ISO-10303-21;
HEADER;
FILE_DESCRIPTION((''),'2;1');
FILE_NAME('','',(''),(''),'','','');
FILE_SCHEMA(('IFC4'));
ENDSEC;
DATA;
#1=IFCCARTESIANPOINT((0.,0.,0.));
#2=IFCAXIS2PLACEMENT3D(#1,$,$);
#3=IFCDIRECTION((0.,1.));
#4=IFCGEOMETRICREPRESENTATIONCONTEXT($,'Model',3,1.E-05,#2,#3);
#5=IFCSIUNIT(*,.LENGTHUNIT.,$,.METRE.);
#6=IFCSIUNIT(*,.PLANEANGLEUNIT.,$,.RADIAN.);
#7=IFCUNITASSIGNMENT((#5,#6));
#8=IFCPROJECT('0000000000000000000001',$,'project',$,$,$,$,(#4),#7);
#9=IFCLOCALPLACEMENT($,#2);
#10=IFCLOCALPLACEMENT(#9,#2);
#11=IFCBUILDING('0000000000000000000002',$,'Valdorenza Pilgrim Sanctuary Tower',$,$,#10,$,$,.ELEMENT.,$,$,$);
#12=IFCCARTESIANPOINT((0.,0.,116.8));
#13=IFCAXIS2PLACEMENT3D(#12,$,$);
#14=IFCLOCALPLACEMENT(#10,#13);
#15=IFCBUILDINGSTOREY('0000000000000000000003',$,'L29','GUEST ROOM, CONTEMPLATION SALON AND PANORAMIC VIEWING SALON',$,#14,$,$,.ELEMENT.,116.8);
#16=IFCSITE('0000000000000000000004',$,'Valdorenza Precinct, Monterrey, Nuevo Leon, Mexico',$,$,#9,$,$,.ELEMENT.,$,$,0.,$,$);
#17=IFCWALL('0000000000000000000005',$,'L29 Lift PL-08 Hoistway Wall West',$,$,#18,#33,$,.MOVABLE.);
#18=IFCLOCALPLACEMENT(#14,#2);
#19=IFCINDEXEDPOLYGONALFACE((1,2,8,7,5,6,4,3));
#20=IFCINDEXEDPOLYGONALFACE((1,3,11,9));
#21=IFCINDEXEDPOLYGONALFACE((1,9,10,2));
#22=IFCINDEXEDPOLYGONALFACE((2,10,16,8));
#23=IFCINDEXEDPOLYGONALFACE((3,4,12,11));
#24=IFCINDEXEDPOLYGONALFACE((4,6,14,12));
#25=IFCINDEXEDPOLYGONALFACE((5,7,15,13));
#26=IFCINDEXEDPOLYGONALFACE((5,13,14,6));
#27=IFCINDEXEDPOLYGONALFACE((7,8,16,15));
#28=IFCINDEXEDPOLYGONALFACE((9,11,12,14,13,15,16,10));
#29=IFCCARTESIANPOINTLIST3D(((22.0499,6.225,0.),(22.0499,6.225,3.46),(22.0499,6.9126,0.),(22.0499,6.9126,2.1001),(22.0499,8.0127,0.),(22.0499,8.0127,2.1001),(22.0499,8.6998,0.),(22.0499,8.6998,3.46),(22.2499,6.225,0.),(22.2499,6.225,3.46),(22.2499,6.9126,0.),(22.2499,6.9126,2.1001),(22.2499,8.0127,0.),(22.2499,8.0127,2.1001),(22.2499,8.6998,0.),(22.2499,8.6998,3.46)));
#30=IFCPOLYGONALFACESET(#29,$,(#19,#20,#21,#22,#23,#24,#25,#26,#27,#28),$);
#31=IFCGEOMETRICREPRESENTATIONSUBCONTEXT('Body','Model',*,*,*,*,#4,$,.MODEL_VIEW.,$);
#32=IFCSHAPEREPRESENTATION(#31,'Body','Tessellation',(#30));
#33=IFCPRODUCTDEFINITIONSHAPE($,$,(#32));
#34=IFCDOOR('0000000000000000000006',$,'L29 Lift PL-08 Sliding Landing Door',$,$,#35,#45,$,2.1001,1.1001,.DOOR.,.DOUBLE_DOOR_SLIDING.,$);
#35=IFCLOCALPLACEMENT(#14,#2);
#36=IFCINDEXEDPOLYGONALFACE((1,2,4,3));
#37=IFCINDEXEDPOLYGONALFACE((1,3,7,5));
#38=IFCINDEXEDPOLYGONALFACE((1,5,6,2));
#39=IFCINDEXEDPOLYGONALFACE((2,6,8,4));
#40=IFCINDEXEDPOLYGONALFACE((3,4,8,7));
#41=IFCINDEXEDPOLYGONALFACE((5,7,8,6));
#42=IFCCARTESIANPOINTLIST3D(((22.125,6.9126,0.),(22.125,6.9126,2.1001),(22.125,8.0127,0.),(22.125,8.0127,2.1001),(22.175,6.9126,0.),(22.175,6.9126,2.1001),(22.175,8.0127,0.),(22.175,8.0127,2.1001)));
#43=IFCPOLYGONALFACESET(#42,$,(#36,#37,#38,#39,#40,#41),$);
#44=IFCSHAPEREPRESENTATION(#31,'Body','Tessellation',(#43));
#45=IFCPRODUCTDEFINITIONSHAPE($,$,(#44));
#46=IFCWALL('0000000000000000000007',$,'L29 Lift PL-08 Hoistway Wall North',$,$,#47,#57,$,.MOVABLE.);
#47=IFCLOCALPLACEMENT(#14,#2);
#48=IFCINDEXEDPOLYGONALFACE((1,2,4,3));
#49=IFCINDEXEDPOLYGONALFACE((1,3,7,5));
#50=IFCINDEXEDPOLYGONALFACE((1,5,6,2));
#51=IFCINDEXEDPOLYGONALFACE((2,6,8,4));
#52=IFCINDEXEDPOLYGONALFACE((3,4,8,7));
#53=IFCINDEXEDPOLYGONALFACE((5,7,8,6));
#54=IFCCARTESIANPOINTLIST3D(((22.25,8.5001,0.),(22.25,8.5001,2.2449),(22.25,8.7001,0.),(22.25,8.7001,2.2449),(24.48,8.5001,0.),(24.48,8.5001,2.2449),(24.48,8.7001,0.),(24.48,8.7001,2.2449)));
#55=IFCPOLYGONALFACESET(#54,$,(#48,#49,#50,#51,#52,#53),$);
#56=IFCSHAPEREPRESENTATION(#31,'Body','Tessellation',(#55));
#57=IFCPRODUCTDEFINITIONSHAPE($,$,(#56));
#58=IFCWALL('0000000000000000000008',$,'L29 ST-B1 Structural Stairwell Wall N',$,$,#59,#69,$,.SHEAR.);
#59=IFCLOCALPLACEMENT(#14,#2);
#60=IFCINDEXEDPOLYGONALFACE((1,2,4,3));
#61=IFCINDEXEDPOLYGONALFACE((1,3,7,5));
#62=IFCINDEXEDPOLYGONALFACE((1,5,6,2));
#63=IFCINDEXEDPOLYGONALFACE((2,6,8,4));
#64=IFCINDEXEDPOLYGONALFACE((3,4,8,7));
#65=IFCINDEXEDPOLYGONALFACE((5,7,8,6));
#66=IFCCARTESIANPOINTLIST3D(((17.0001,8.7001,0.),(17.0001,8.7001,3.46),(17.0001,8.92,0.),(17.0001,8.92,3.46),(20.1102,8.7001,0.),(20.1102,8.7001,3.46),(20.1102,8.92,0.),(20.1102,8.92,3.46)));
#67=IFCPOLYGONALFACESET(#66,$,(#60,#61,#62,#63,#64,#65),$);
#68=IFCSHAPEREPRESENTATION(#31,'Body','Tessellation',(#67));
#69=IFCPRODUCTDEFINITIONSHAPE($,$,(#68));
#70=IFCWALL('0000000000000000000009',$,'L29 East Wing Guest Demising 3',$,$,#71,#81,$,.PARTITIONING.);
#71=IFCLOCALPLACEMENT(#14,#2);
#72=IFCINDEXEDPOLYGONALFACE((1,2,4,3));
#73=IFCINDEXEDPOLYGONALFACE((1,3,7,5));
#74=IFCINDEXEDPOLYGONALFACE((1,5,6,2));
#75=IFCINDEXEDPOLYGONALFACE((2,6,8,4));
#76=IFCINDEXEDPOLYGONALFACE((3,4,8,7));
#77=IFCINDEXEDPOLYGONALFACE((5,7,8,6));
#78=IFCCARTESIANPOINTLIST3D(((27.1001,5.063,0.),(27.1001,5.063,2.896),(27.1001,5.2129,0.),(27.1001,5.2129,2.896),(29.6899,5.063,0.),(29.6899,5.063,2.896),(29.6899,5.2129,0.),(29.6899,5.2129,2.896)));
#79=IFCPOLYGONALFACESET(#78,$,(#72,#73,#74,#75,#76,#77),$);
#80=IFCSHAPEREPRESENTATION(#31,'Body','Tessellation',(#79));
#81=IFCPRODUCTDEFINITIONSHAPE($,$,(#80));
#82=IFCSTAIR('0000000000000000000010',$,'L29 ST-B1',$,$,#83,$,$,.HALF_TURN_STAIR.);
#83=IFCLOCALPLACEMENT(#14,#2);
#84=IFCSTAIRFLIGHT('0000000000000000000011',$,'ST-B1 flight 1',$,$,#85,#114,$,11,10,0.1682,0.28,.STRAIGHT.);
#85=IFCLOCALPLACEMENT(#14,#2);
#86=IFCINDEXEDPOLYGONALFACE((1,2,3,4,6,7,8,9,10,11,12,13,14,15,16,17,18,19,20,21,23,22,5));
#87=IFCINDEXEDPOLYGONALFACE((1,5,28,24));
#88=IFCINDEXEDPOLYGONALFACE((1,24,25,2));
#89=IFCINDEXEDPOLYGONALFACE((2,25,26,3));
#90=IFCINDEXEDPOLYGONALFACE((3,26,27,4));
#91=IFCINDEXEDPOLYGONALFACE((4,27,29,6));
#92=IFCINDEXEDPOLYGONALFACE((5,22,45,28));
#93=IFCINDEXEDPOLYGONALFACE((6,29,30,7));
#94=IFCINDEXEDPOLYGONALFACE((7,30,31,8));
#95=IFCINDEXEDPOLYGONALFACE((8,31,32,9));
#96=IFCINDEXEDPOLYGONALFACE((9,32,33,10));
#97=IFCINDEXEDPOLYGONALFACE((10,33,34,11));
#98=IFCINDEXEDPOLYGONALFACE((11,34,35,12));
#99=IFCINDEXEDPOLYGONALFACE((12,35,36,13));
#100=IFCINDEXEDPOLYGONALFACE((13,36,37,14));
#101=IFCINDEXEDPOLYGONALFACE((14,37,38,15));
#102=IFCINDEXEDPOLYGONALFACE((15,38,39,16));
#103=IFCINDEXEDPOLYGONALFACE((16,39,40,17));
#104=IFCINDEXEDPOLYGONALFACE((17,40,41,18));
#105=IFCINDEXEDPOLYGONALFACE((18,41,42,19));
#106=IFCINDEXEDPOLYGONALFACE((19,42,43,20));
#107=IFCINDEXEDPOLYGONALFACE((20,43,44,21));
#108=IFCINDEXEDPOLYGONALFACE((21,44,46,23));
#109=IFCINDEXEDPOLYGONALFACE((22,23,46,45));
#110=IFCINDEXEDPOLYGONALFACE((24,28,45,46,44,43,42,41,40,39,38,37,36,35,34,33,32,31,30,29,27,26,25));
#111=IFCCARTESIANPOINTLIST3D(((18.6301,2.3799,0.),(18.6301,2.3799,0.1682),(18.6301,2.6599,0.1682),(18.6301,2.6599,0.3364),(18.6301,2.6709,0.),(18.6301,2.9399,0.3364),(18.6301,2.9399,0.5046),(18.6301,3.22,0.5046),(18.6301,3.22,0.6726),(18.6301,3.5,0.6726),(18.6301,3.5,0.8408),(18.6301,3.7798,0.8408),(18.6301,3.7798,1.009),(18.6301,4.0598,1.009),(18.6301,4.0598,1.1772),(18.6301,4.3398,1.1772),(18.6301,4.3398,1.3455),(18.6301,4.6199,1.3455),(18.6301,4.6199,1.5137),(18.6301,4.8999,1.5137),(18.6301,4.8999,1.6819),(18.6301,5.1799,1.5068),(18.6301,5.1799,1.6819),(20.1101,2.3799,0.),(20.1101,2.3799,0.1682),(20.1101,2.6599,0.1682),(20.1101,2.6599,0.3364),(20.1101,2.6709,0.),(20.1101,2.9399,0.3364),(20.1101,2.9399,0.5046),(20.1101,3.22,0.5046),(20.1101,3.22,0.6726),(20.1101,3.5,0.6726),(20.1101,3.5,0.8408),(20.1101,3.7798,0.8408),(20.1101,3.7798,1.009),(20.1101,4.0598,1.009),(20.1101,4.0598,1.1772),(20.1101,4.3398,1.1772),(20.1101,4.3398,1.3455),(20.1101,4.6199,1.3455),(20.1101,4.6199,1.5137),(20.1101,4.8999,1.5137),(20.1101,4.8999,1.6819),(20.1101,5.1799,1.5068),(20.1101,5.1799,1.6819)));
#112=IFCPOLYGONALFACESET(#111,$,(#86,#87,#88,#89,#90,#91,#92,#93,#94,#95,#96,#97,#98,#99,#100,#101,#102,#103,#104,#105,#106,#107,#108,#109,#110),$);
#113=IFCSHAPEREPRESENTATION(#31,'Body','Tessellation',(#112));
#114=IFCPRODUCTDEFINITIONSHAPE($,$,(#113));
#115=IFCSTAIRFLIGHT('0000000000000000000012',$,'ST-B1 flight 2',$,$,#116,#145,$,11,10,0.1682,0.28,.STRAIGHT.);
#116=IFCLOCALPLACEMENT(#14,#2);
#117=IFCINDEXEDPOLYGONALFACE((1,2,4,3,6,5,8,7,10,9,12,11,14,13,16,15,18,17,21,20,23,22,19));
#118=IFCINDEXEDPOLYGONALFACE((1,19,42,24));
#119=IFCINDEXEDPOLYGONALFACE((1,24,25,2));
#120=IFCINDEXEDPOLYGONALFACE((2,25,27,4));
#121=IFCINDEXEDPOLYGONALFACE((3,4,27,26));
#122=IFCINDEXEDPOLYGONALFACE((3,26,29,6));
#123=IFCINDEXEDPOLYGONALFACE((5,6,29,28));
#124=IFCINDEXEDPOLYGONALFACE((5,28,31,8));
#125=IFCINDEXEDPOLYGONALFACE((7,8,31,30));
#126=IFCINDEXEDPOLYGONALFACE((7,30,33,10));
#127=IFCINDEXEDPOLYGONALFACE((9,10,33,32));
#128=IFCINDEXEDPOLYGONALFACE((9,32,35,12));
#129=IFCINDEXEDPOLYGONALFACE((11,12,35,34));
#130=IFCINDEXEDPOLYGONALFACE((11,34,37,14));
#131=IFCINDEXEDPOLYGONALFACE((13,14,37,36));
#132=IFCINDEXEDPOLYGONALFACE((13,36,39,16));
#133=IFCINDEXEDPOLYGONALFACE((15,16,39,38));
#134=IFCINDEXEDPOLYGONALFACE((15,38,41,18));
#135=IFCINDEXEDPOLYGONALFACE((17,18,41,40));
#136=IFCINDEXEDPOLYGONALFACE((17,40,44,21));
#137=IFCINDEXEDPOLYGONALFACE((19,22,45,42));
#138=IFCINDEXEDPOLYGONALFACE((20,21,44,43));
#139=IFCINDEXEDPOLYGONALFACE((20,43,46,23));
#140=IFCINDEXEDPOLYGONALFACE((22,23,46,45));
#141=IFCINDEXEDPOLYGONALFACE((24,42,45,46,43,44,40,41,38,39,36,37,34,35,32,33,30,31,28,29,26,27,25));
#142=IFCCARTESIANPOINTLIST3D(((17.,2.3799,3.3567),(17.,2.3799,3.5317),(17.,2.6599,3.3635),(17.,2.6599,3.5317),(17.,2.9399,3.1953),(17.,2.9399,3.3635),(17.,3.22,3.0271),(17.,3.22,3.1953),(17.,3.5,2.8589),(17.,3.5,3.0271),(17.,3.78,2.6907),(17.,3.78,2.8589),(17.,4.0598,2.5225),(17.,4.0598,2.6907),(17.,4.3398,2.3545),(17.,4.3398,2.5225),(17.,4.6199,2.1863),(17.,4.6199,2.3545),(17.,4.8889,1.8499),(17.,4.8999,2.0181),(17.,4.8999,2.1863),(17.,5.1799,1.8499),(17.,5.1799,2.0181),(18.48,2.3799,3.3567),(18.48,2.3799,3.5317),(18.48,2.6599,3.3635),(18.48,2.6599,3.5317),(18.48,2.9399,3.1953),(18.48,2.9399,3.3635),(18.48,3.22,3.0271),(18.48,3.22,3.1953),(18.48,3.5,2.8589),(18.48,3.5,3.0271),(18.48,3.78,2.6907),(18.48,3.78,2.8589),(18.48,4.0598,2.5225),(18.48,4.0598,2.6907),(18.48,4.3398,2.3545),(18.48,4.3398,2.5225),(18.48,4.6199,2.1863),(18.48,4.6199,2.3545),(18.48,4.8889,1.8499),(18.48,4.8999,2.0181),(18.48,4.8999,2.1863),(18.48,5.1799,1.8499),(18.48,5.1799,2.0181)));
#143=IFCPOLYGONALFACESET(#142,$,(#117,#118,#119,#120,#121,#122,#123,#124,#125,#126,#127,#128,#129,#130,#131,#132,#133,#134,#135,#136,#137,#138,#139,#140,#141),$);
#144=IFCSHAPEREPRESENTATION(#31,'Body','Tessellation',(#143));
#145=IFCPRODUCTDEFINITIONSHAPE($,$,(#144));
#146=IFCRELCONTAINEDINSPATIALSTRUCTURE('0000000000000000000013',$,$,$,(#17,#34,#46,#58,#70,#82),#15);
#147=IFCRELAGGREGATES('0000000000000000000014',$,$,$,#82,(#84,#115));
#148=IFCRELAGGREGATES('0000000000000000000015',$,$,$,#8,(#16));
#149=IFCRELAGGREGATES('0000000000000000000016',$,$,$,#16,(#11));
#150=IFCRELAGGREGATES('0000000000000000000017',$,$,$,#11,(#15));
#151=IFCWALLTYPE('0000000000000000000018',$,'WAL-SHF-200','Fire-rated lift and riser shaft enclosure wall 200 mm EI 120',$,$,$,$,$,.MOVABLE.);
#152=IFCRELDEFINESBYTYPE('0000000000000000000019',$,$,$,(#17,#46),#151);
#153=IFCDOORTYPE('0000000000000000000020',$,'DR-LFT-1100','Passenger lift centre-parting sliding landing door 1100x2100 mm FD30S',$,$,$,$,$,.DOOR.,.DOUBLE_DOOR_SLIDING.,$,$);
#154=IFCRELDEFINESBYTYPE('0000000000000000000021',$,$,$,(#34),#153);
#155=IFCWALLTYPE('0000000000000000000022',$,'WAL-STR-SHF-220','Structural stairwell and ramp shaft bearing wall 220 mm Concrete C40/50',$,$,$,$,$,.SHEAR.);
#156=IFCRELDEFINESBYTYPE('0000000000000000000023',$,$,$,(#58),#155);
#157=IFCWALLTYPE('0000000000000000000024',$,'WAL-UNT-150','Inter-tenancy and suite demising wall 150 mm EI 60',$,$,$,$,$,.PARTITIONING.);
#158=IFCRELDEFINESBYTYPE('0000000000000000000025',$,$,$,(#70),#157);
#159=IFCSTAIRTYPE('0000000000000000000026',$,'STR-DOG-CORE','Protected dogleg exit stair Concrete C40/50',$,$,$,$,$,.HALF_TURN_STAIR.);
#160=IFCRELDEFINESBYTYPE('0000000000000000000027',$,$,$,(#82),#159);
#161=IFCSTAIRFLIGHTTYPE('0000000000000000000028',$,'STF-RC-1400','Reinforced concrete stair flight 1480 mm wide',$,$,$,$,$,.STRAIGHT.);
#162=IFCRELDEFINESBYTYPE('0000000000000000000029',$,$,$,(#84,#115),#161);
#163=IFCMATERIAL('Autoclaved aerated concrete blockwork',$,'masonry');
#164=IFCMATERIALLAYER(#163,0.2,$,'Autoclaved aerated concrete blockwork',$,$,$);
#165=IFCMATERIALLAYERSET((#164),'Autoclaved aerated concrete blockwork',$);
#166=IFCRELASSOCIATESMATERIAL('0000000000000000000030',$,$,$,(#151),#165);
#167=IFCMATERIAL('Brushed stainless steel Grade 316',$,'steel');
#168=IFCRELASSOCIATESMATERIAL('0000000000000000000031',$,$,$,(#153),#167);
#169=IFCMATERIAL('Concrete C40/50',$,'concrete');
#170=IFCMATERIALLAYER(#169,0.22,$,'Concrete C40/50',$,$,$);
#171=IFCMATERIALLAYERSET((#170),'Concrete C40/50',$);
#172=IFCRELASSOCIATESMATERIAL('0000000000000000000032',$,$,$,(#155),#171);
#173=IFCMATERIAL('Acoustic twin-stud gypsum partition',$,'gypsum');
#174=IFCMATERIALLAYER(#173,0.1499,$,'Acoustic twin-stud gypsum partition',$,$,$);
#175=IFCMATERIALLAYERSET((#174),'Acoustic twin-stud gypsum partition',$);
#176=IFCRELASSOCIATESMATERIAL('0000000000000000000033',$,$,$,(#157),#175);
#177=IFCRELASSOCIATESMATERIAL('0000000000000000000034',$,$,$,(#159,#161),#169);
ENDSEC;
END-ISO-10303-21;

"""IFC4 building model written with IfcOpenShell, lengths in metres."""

from ifc_helpers import new_model, si_unit, direction, frame, frame_2d, origin, place, context, subcontext, project, spatial, polyline, rectangle, outline, extrude, material, layer, layer_set, type_object, element, fill, aggregate, save


model = new_model("IFC4")

# Units and contexts
model_context = context("Model", 3, precision=1e-05, world=origin(), true_north=direction((0.0, 1.0)))
body_context = subcontext(model_context, "Body", "Model", "MODEL_VIEW")
ifc_project = project(units=[si_unit("LENGTHUNIT", "METRE"), si_unit("PLANEANGLEUNIT", "RADIAN")], contexts=[model_context])

# Site, building, storey
site_placement = place(None, origin())
site = spatial("IfcSite", under=ifc_project, at=site_placement, Name="Valdorenza Precinct, Monterrey, Nuevo Leon, Mexico", CompositionType="ELEMENT", RefElevation=0.0)
building_placement = place(site_placement, origin())
building = spatial("IfcBuilding", under=site, at=building_placement, Name="Valdorenza Pilgrim Sanctuary Tower", CompositionType="ELEMENT")
storey_placement = place(building_placement, frame((0.0, 0.0, 116.8)))
storey = spatial("IfcBuildingStorey", under=building, at=storey_placement, Name="L29", Description="GUEST ROOM, CONTEMPLATION SALON AND PANORAMIC VIEWING SALON", CompositionType="ELEMENT", Elevation=116.8)

# Shared definitions
ifc_material_1 = material(Name="Acoustic twin-stud gypsum partition", Category="gypsum")

# Shared definitions
ifc_material_2 = material(Name="Autoclaved aerated concrete blockwork", Category="masonry")
ifc_layer_1 = layer(ifc_material_2, 0.2, Name="Autoclaved aerated concrete blockwork")
ifc_layer_set_1 = layer_set([ifc_layer_1], Name="Autoclaved aerated concrete blockwork")
wall_type_1 = type_object("IfcWallType", Name="WAL-SHF-200", Description="Fire-rated lift and riser shaft enclosure wall 200 mm EI 120", PredefinedType="MOVABLE", material=ifc_layer_set_1)
ifc_material_3 = material(Name="Brushed stainless steel Grade 316", Category="steel")
door_type_1 = type_object("IfcDoorType", Name="DR-LFT-1100", Description="Passenger lift centre-parting sliding landing door 1100x2100 mm FD30S", OperationType="DOUBLE_DOOR_SLIDING", PredefinedType="DOOR", material=ifc_material_3)

# Wall, opening, door
wall_1_placement = place(storey_placement, frame((22.1499, 6.2251, 0.0), z_axis=(0.0, 0.0, 1.0), x_axis=(0.0, 1.0, 0.0)))
wall_1 = element("IfcWall", 1, at=wall_1_placement, inside=storey, type_object=wall_type_1, Name="L29 Lift PL-08 Hoistway Wall West", PredefinedType="MOVABLE", context=body_context, shape_type="SweptSolid", body=[
    extrude(rectangle(XDim=2.4749, YDim=0.2, at=frame_2d((1.2373, 0.0))), origin(), (0.0, 0.0, 1.0), 3.46),
])
opening_1_placement = place(wall_1_placement, frame((0.6875, 0.0, 0.0)))
opening_1 = element("IfcOpeningElement", 2, at=opening_1_placement, cuts=wall_1, PredefinedType="OPENING", context=body_context, shape_type="SweptSolid", body=[
    extrude(rectangle(XDim=1.1001, YDim=2.1001, at=frame_2d((0.55, 1.05))), frame((0.0, 0.1147, 0.0), z_axis=(0.0, -1.0, 0.0), x_axis=(1.0, 0.0, 0.0)), (0.0, 0.0, 1.0), 0.2297),
])
door_1_placement = place(opening_1_placement, origin())
door_1 = element("IfcDoor", 3, at=door_1_placement, inside=storey, type_object=door_type_1, Name="L29 Lift PL-08 Sliding Landing Door", OperationType="DOUBLE_DOOR_SLIDING", OverallHeight=2.1001, OverallWidth=1.1001, PredefinedType="DOOR", context=body_context, shape_type="SweptSolid", body=[
    extrude(rectangle(XDim=1.1001, YDim=2.1001, at=frame_2d((0.55, 1.05))), frame((0.0, 0.0249, 0.0), z_axis=(0.0, -1.0, 0.0), x_axis=(1.0, 0.0, 0.0)), (0.0, 0.0, 1.0), 0.05),
])
fill(opening_1, door_1)

# Walls
wall_2_placement = place(storey_placement, frame((22.25, 8.6001, 0.0), z_axis=(0.0, 0.0, 1.0), x_axis=(1.0, 0.0, 0.0)))
element("IfcWall", 4, at=wall_2_placement, inside=storey, type_object=wall_type_1, Name="L29 Lift PL-08 Hoistway Wall North", PredefinedType="MOVABLE", context=body_context, shape_type="SweptSolid", body=[
    extrude(rectangle(XDim=2.23, YDim=0.2, at=frame_2d((1.115, 0.0))), origin(), (0.0, 0.0, 1.0), 2.2449),
])
ifc_material_4 = material(Name="Concrete C40/50", Category="concrete")
ifc_layer_2 = layer(ifc_material_4, 0.22, Name="Concrete C40/50")
ifc_layer_set_2 = layer_set([ifc_layer_2], Name="Concrete C40/50")
wall_type_2 = type_object("IfcWallType", Name="WAL-STR-SHF-220", Description="Structural stairwell and ramp shaft bearing wall 220 mm Concrete C40/50", PredefinedType="SHEAR", material=ifc_layer_set_2)
wall_3_placement = place(storey_placement, frame((17.0, 8.8101, 0.0), z_axis=(0.0, 0.0, 1.0), x_axis=(1.0, 0.0, 0.0)))
element("IfcWall", 5, at=wall_3_placement, inside=storey, type_object=wall_type_2, Name="L29 ST-B1 Structural Stairwell Wall N", PredefinedType="SHEAR", context=body_context, shape_type="SweptSolid", body=[
    extrude(rectangle(XDim=3.1101, YDim=0.22, at=frame_2d((1.5552, 0.0))), origin(), (0.0, 0.0, 1.0), 3.46),
])
ifc_layer_3 = layer(ifc_material_1, 0.1499, Name="Acoustic twin-stud gypsum partition")
ifc_layer_set_3 = layer_set([ifc_layer_3], Name="Acoustic twin-stud gypsum partition")
wall_type_3 = type_object("IfcWallType", Name="WAL-UNT-150", Description="Inter-tenancy and suite demising wall 150 mm EI 60", PredefinedType="PARTITIONING", material=ifc_layer_set_3)
wall_4_placement = place(storey_placement, frame((27.1001, 5.1379, 0.0), z_axis=(0.0, 0.0, 1.0), x_axis=(1.0, 0.0, 0.0)))
element("IfcWall", 6, at=wall_4_placement, inside=storey, type_object=wall_type_3, Name="L29 East Wing Guest Demising 3", PredefinedType="PARTITIONING", context=body_context, shape_type="SweptSolid", body=[
    extrude(rectangle(XDim=2.5898, YDim=0.1499, at=frame_2d((1.2949, 0.0))), origin(), (0.0, 0.0, 1.0), 2.896),
])

# Stair, stair flights
stair_type = type_object("IfcStairType", Name="STR-DOG-CORE", Description="Protected dogleg exit stair Concrete C40/50", PredefinedType="HALF_TURN_STAIR", material=ifc_material_4)
stair_placement = place(storey_placement, origin())
stair = element("IfcStair", 7, at=stair_placement, inside=storey, type_object=stair_type, Name="L29 ST-B1", PredefinedType="HALF_TURN_STAIR")
stair_flight_type = type_object("IfcStairFlightType", Name="STF-RC-1400", Description="Reinforced concrete stair flight 1480 mm wide", PredefinedType="STRAIGHT", material=ifc_material_4)
stair_flight_1_placement = place(storey_placement, frame((19.3701, 2.3799, 0.0), z_axis=(0.0, 0.0, 1.0), x_axis=(0.0, 1.0, 0.0)))
stair_flight_1 = element("IfcStairFlight", 8, at=stair_flight_1_placement, type_object=stair_flight_type, Name="ST-B1 flight 1", NumberOfRisers=11, NumberOfTreads=10, PredefinedType="STRAIGHT", RiserHeight=0.1682, TreadLength=0.28, context=body_context, shape_type="SweptSolid", body=[
    extrude(outline(polyline([(0.0, 0.0), (0.0, 0.1682), (0.28, 0.1682), (0.28, 0.3364), (0.5601, 0.3364), (0.5601, 0.5046), (0.8401, 0.5046), (0.8401, 0.6726), (1.1201, 0.6726), (1.1201, 0.8408), (1.3999, 0.8408), (1.3999, 1.009), (1.6799, 1.009), (1.6799, 1.1772), (1.96, 1.1772), (1.96, 1.3455), (2.24, 1.3455), (2.24, 1.5137), (2.52, 1.5137), (2.52, 1.6819), (2.8, 1.6819), (2.8, 1.8501), (2.8, 1.5068), (0.291, 0.0), (0.0, 0.0)])), frame((0.0, 0.74, 0.0), z_axis=(0.0, -1.0, 0.0), x_axis=(1.0, 0.0, 0.0)), (0.0, 0.0, 1.0), 1.48),
])
stair_flight_2_placement = place(storey_placement, frame((17.74, 5.1799, 1.8499), z_axis=(0.0, 0.0, 1.0), x_axis=(0.0, -1.0, 0.0)))
stair_flight_2 = element("IfcStairFlight", 9, at=stair_flight_2_placement, type_object=stair_flight_type, Name="ST-B1 flight 2", NumberOfRisers=11, NumberOfTreads=10, PredefinedType="STRAIGHT", RiserHeight=0.1682, TreadLength=0.28, context=body_context, shape_type="SweptSolid", body=[
    extrude(outline(polyline([(0.0, 0.0), (0.0, 0.1682), (0.28, 0.1682), (0.28, 0.3364), (0.5601, 0.3364), (0.5601, 0.5046), (0.8401, 0.5046), (0.8401, 0.6726), (1.1201, 0.6726), (1.1201, 0.8408), (1.3999, 0.8408), (1.3999, 1.009), (1.6799, 1.009), (1.6799, 1.1772), (1.96, 1.1772), (1.96, 1.3455), (2.24, 1.3455), (2.24, 1.5137), (2.52, 1.5137), (2.52, 1.6819), (2.8, 1.6819), (2.8, 1.8501), (2.8, 1.5068), (0.291, 0.0), (0.0, 0.0)])), frame((0.0, 0.74, 0.0), z_axis=(0.0, -1.0, 0.0), x_axis=(1.0, 0.0, 0.0)), (0.0, 0.0, 1.0), 1.48),
])
aggregate(stair, [stair_flight_1, stair_flight_2])

save(model, "model.ifc")
